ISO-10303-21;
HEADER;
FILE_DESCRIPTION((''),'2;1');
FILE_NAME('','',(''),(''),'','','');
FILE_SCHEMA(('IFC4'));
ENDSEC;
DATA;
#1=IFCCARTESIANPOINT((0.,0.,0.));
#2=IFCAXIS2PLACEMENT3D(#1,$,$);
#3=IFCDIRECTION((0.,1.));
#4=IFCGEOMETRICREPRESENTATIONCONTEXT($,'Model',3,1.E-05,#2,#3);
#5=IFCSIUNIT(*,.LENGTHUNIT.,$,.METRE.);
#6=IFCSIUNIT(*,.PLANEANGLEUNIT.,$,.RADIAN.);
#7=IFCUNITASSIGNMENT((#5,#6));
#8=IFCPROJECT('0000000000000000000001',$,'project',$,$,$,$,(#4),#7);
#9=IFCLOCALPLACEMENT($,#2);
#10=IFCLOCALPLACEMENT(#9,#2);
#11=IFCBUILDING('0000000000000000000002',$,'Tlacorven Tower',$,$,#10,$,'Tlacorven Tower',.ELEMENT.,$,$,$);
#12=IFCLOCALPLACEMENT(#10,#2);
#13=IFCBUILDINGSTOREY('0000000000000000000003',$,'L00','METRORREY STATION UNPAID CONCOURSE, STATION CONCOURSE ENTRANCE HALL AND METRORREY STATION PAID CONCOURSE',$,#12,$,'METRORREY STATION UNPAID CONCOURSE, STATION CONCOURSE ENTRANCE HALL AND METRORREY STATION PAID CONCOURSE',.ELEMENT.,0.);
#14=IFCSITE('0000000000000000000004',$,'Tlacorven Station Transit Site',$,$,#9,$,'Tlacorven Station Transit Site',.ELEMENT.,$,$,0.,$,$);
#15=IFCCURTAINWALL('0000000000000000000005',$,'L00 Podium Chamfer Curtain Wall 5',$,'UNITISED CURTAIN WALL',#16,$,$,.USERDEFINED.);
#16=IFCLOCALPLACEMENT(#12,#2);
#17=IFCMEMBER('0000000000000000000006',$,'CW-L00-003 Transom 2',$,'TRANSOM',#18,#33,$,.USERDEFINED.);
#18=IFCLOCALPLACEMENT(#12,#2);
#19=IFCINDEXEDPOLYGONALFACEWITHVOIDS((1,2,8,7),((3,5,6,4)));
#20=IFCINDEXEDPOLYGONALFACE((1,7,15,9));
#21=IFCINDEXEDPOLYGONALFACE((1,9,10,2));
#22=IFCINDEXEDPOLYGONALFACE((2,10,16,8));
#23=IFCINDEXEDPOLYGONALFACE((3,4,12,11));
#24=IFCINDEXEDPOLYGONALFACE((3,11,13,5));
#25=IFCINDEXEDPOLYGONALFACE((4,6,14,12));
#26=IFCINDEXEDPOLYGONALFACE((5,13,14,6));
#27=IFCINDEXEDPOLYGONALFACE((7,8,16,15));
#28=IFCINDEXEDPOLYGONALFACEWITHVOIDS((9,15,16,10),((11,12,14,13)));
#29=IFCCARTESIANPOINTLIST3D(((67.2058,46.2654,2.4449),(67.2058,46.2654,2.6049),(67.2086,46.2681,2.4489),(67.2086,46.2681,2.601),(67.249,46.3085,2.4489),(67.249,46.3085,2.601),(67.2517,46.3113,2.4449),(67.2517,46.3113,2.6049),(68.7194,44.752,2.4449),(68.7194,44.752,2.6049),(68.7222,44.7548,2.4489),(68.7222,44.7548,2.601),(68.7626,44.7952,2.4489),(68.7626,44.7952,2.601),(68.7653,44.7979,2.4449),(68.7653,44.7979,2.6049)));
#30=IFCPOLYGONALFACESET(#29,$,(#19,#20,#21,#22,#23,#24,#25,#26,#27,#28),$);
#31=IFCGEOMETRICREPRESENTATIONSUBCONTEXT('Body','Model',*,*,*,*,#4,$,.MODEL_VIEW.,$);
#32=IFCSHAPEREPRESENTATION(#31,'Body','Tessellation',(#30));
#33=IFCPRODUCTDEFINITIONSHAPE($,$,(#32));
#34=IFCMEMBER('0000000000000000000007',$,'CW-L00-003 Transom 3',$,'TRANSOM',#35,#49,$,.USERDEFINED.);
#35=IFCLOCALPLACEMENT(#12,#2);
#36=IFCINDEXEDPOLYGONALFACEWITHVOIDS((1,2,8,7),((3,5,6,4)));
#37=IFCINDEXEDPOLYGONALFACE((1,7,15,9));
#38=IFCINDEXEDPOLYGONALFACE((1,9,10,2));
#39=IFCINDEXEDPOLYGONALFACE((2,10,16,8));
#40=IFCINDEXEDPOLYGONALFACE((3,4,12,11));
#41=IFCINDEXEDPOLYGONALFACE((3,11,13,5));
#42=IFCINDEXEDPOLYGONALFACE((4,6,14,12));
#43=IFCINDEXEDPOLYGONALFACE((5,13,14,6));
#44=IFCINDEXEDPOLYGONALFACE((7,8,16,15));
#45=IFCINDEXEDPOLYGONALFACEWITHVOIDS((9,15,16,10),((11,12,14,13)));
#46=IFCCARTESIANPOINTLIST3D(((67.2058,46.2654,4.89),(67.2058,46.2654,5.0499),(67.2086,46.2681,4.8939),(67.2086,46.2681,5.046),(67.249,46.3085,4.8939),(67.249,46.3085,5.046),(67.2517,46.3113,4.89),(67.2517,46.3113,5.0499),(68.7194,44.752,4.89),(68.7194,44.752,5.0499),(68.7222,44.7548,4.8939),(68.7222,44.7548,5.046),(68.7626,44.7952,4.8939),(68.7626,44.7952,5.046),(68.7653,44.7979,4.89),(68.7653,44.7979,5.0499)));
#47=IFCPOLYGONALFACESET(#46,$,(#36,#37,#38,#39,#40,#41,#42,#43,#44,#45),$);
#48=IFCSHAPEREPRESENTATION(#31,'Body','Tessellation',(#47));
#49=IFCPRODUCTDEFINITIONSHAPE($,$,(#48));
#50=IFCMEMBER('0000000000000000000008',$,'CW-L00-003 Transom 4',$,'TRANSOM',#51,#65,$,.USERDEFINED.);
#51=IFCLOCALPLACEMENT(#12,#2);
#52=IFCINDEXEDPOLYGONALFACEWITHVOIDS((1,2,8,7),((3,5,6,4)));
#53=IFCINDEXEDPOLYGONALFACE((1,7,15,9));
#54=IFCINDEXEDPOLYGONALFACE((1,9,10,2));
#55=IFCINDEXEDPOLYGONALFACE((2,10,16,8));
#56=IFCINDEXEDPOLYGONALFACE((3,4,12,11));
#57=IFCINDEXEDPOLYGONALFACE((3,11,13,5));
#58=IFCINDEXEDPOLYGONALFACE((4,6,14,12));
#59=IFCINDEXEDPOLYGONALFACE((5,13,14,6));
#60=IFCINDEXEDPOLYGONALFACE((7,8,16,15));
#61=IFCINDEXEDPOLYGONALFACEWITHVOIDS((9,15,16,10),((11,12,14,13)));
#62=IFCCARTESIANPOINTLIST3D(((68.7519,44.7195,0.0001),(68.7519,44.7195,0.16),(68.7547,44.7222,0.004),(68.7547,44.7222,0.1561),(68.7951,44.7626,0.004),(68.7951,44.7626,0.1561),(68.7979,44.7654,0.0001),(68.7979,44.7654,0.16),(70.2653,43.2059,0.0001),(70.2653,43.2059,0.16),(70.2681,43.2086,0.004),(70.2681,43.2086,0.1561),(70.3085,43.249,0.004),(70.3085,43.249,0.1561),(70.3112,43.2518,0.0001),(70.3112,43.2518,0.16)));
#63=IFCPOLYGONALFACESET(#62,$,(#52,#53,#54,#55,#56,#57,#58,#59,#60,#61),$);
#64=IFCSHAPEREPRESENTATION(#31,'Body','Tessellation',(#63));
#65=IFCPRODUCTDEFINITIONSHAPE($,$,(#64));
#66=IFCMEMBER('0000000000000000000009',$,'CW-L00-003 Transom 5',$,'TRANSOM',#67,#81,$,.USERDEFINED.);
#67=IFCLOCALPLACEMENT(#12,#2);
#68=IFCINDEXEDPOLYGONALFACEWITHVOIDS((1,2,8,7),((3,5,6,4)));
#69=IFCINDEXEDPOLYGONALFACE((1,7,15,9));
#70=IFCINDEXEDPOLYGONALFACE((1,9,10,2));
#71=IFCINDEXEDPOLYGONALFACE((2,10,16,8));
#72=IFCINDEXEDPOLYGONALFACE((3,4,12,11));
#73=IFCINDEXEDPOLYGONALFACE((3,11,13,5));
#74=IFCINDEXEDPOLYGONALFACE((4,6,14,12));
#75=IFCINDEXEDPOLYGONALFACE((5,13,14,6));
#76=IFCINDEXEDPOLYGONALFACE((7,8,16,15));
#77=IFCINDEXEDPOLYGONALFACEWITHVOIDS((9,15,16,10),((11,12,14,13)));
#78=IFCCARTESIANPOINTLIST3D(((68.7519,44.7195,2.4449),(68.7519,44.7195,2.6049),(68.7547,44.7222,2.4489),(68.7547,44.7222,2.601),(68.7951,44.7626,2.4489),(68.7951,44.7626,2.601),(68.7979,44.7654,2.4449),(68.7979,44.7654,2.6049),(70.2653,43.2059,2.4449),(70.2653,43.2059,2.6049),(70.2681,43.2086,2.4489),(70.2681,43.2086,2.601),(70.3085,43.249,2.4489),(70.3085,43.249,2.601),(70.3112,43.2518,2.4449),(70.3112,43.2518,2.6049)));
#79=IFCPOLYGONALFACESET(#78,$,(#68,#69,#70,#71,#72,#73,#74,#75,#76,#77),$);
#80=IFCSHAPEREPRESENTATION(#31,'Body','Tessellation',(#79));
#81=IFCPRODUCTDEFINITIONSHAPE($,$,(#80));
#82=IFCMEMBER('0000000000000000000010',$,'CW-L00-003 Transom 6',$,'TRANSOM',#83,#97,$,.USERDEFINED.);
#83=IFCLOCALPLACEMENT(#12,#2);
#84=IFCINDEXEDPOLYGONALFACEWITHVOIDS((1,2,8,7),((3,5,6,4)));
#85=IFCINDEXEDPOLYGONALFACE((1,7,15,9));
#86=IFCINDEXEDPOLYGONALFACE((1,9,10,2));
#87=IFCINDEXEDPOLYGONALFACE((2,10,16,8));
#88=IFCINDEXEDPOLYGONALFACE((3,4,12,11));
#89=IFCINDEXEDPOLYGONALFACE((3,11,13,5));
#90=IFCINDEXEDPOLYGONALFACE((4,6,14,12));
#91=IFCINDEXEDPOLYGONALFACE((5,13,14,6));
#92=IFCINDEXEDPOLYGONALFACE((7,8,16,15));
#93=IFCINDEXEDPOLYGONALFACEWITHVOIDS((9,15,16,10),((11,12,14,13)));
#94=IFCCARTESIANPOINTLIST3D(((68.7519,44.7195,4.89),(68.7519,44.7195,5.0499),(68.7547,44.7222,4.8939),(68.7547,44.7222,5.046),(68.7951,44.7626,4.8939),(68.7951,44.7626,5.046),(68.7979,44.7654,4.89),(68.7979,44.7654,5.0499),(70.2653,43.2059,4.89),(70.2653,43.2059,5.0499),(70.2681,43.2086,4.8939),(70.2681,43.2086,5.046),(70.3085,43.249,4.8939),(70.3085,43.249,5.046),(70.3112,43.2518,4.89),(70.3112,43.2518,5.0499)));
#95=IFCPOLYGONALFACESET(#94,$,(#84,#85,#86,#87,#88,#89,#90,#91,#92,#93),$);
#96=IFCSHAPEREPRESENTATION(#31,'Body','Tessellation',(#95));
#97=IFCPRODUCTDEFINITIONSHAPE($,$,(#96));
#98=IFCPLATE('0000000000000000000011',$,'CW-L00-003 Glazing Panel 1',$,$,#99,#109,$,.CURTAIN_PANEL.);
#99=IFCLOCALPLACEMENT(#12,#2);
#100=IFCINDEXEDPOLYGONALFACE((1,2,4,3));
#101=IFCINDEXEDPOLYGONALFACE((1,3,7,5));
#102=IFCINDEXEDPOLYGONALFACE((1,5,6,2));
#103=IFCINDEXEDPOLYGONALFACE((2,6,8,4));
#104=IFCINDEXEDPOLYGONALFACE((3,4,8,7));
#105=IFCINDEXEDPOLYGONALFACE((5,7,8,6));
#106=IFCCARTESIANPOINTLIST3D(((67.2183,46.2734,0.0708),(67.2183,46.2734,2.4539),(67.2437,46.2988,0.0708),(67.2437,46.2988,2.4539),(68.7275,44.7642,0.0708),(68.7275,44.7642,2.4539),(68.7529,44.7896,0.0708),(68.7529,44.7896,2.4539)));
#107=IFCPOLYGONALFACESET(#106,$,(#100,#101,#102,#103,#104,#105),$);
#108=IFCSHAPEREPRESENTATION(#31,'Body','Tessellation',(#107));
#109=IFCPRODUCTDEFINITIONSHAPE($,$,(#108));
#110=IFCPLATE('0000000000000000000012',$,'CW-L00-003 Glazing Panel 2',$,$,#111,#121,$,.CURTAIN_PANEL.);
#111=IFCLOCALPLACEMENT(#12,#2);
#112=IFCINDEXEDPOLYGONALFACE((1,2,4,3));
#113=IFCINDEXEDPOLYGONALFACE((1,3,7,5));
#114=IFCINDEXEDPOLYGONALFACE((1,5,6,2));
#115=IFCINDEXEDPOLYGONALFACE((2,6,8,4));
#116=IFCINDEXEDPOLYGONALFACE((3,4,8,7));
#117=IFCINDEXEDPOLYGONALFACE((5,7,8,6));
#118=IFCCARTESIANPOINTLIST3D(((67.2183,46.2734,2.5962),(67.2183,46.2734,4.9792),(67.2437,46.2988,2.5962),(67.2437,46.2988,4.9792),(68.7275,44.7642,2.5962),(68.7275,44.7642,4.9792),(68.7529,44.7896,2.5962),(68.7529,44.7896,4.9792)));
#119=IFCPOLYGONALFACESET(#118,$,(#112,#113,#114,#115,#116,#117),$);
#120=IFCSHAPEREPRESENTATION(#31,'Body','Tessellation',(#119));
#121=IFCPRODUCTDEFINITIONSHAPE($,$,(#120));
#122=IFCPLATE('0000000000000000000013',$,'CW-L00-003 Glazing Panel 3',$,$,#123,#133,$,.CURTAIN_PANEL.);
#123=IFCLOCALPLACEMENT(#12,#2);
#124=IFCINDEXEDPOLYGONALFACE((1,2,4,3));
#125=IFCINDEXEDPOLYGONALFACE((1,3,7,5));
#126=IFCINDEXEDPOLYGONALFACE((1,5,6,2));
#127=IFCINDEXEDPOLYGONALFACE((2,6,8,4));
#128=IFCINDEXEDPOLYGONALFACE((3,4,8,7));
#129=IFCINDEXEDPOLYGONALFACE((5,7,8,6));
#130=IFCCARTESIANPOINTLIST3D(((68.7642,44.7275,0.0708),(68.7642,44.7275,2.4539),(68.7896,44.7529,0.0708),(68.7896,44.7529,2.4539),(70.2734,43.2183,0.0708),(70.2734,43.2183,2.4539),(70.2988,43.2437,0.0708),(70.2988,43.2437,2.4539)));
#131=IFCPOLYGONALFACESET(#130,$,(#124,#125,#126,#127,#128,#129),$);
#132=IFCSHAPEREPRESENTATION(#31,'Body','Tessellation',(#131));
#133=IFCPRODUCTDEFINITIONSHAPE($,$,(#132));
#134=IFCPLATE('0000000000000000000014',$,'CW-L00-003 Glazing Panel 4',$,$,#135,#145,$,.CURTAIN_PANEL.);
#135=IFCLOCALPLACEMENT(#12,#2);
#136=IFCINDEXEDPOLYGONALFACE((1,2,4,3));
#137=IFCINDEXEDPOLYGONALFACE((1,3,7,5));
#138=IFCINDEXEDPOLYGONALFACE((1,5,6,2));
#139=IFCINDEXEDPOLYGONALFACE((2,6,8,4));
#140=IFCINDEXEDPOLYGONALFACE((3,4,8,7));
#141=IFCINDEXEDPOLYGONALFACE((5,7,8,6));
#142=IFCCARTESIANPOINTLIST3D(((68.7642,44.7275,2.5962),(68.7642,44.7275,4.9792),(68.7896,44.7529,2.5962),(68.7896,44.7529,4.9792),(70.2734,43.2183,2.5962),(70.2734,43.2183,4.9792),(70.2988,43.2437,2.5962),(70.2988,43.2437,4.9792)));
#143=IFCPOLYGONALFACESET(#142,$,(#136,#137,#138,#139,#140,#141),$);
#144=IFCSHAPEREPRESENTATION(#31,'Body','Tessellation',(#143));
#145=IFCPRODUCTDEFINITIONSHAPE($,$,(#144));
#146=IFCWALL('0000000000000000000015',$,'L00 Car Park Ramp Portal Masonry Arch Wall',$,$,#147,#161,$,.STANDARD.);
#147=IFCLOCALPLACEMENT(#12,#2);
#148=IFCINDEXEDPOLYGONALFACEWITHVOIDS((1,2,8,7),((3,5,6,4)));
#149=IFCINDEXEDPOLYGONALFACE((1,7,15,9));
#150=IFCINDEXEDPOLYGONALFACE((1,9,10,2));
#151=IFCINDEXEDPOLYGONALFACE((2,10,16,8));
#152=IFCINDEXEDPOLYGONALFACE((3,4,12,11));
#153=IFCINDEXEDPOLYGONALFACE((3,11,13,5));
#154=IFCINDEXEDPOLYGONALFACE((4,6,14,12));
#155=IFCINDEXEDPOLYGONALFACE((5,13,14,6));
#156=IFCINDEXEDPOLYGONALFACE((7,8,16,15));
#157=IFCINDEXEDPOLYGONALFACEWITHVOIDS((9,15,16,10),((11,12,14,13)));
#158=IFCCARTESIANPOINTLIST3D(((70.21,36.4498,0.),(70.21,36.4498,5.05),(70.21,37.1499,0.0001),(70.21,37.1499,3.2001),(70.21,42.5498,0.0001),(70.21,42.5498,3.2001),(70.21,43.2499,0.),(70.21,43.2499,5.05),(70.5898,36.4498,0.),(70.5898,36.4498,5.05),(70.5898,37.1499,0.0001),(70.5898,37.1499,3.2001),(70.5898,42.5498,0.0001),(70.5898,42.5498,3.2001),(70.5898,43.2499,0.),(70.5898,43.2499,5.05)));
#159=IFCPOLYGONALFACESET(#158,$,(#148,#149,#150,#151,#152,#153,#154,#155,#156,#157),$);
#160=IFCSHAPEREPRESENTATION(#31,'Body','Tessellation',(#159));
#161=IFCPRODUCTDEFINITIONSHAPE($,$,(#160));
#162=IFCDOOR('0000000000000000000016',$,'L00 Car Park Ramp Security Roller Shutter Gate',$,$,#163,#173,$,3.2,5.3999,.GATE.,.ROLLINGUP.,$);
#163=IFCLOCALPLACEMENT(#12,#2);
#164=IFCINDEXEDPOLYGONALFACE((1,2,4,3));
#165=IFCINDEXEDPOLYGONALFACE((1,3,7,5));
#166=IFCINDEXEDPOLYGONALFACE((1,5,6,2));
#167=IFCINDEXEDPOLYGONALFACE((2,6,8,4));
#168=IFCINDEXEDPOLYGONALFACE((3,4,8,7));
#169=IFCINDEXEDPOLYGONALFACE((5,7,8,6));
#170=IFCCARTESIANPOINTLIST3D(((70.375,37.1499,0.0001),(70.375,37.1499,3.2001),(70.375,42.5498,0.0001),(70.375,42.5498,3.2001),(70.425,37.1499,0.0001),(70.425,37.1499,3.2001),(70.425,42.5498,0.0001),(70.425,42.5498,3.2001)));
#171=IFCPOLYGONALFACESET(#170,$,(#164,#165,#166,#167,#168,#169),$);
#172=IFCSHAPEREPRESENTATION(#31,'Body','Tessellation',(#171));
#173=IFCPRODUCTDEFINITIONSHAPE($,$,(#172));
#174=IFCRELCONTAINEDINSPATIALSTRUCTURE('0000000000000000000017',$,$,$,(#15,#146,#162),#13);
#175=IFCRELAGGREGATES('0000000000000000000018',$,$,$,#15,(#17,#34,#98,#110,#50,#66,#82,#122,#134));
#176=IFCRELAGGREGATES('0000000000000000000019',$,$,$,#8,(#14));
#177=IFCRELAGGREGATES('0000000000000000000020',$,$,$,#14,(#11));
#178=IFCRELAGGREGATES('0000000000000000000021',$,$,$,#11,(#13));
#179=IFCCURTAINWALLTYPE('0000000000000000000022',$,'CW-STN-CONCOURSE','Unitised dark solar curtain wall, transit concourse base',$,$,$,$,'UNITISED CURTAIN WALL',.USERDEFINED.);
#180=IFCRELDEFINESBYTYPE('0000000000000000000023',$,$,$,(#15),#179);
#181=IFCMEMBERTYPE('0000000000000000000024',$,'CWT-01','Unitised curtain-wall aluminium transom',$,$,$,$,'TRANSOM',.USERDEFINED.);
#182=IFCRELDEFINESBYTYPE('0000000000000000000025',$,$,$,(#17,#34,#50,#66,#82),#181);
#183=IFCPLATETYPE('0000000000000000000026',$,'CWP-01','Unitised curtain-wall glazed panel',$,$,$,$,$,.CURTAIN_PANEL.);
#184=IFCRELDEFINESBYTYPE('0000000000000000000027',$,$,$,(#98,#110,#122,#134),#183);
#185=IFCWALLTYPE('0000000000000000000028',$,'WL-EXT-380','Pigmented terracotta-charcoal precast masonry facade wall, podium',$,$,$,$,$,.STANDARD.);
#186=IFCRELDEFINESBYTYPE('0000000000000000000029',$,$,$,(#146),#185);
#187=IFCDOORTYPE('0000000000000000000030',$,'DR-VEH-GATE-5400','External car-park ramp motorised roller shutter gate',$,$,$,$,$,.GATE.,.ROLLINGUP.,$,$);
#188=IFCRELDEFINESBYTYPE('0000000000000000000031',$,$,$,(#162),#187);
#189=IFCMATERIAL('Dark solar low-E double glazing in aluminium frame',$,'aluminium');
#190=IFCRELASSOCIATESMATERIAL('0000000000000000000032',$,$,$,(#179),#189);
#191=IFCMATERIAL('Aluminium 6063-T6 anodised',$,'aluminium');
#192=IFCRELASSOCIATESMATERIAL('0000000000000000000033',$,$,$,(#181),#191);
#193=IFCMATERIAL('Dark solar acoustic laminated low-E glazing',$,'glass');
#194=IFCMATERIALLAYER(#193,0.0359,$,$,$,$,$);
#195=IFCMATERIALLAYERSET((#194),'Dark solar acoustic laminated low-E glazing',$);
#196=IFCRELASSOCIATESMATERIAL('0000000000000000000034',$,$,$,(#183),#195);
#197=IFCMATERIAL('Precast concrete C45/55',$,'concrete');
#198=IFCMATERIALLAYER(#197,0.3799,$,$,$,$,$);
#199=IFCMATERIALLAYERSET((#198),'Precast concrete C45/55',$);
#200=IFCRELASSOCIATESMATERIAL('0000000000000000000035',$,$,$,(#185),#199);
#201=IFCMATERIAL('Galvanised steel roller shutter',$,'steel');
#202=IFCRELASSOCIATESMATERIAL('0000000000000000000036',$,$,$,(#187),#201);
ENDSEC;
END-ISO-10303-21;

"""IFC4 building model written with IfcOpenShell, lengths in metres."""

from ifc_helpers import new_model, si_unit, direction, frame, frame_2d, origin, origin_2d, place, context, subcontext, project, spatial, rectangle, hollow_rectangle, extrude, source, transform, mapped, material, layer, layer_set, material_profile, profile_set, type_object, element, fill, aggregate, save


model = new_model("IFC4")

# Units and contexts
model_context = context("Model", 3, precision=1e-05, world=origin(), true_north=direction((0.0, 1.0)))
body_context = subcontext(model_context, "Body", "Model", "MODEL_VIEW")
ifc_project = project(units=[si_unit("LENGTHUNIT", "METRE"), si_unit("PLANEANGLEUNIT", "RADIAN")], contexts=[model_context])

# Site, building, storey
site_placement = place(None, origin())
site = spatial("IfcSite", under=ifc_project, at=site_placement, Name="Tlacorven Station Transit Site", LongName="Tlacorven Station Transit Site", CompositionType="ELEMENT", RefElevation=0.0)
building_placement = place(site_placement, origin())
building = spatial("IfcBuilding", under=site, at=building_placement, Name="Tlacorven Tower", LongName="Tlacorven Tower", CompositionType="ELEMENT")
storey_placement = place(building_placement, origin())
storey = spatial("IfcBuildingStorey", under=building, at=storey_placement, Name="L00", Description="METRORREY STATION UNPAID CONCOURSE, STATION CONCOURSE ENTRANCE HALL AND METRORREY STATION PAID CONCOURSE", LongName="METRORREY STATION UNPAID CONCOURSE, STATION CONCOURSE ENTRANCE HALL AND METRORREY STATION PAID CONCOURSE", CompositionType="ELEMENT", Elevation=0.0)

# Curtain wall, members, plates
ifc_material_1 = material(Name="Dark solar low-E double glazing in aluminium frame", Category="aluminium")
curtain_wall_type = type_object("IfcCurtainWallType", Name="CW-STN-CONCOURSE", Description="Unitised dark solar curtain wall, transit concourse base", ElementType="UNITISED CURTAIN WALL", PredefinedType="USERDEFINED", material=ifc_material_1)
curtain_wall_placement = place(storey_placement, origin())
curtain_wall = element("IfcCurtainWall", 1, at=curtain_wall_placement, inside=storey, type_object=curtain_wall_type, Name="L00 Podium Chamfer Curtain Wall 5", ObjectType="UNITISED CURTAIN WALL", PredefinedType="USERDEFINED")
ifc_material_2 = material(Name="Aluminium 6063-T6 anodised", Category="aluminium")
ifc_material_profile_1 = material_profile(ifc_material_2, hollow_rectangle(XDim=0.0649, YDim=0.1599, WallThickness=0.0039, at=origin_2d()), Name="ALU TRANSOM 65X160")
ifc_profile_set_1 = profile_set([ifc_material_profile_1], Name="Aluminium 6063-T6 anodised")
member_type_1 = type_object("IfcMemberType", Name="CWT-01", Description="Unitised curtain-wall aluminium transom", ElementType="TRANSOM", PredefinedType="USERDEFINED", material=ifc_profile_set_1)
shared_shape_1 = source(origin(), body_context, "Body", "SweptSolid", [
    extrude(hollow_rectangle(XDim=0.0649, YDim=0.1599, WallThickness=0.0039, at=origin_2d()), origin(), (0.0, 0.0, 1.0), 2.1404),
])
member_1_placement = place(storey_placement, frame((67.2288, 46.2883, 2.5249), z_axis=(0.707164, -0.70705, 0.0), x_axis=(0.70705, 0.707164, 0.0)))
member_1 = element("IfcMember", 2, at=member_1_placement, type_object=member_type_1, Name="CW-L00-003 Transom 2", ObjectType="TRANSOM", PredefinedType="USERDEFINED", context=body_context, shape_type="MappedRepresentation", body=[
    mapped(shared_shape_1, transform((0.0, 0.0, 0.0), scale=1.0)),
])
member_2_placement = place(storey_placement, frame((67.2288, 46.2883, 4.97), z_axis=(0.707164, -0.70705, 0.0), x_axis=(0.70705, 0.707164, 0.0)))
member_2 = element("IfcMember", 3, at=member_2_placement, type_object=member_type_1, Name="CW-L00-003 Transom 3", ObjectType="TRANSOM", PredefinedType="USERDEFINED", context=body_context, shape_type="MappedRepresentation", body=[
    mapped(shared_shape_1, transform((0.0, 0.0, 0.0), scale=1.0)),
])
member_3_placement = place(storey_placement, frame((68.7749, 44.7424, 0.0801), z_axis=(0.70705, -0.707164, 0.0), x_axis=(0.707164, 0.70705, 0.0)))
member_3 = element("IfcMember", 4, at=member_3_placement, type_object=member_type_1, Name="CW-L00-003 Transom 4", ObjectType="TRANSOM", PredefinedType="USERDEFINED", context=body_context, shape_type="MappedRepresentation", body=[
    mapped(shared_shape_1, transform((0.0, 0.0, 0.0), scale=1.0)),
])
member_4_placement = place(storey_placement, frame((68.7749, 44.7424, 2.5249), z_axis=(0.70705, -0.707164, 0.0), x_axis=(0.707164, 0.70705, 0.0)))
member_4 = element("IfcMember", 5, at=member_4_placement, type_object=member_type_1, Name="CW-L00-003 Transom 5", ObjectType="TRANSOM", PredefinedType="USERDEFINED", context=body_context, shape_type="MappedRepresentation", body=[
    mapped(shared_shape_1, transform((0.0, 0.0, 0.0), scale=1.0)),
])
member_5_placement = place(storey_placement, frame((68.7749, 44.7424, 4.97), z_axis=(0.70705, -0.707164, 0.0), x_axis=(0.707164, 0.70705, 0.0)))
member_5 = element("IfcMember", 6, at=member_5_placement, type_object=member_type_1, Name="CW-L00-003 Transom 6", ObjectType="TRANSOM", PredefinedType="USERDEFINED", context=body_context, shape_type="MappedRepresentation", body=[
    mapped(shared_shape_1, transform((0.0, 0.0, 0.0), scale=1.0)),
])
ifc_material_3 = material(Name="Dark solar acoustic laminated low-E glazing", Category="glass")
ifc_layer_1 = layer(ifc_material_3, 0.0359)
ifc_layer_set_1 = layer_set([ifc_layer_1], Name="Dark solar acoustic laminated low-E glazing")
plate_type = type_object("IfcPlateType", Name="CWP-01", Description="Unitised curtain-wall glazed panel", PredefinedType="CURTAIN_PANEL", material=ifc_layer_set_1)
shared_shape_2 = source(origin(), body_context, "Body", "SweptSolid", [
    extrude(rectangle(XDim=2.1343, YDim=0.0359, at=origin_2d()), origin(), (0.0, 0.0, 1.0), 2.3831),
])
plate_1_placement = place(storey_placement, frame((67.9856, 45.5315, 0.0708), z_axis=(0.0, 0.0, 1.0), x_axis=(0.707107, -0.707107, 0.0)))
plate_1 = element("IfcPlate", 7, at=plate_1_placement, type_object=plate_type, Name="CW-L00-003 Glazing Panel 1", PredefinedType="CURTAIN_PANEL", context=body_context, shape_type="MappedRepresentation", body=[
    mapped(shared_shape_2, transform((0.0, 0.0, 0.0), scale=1.0)),
])
plate_2_placement = place(storey_placement, frame((67.9856, 45.5315, 2.5962), z_axis=(0.0, 0.0, 1.0), x_axis=(0.707107, -0.707107, 0.0)))
plate_2 = element("IfcPlate", 8, at=plate_2_placement, type_object=plate_type, Name="CW-L00-003 Glazing Panel 2", PredefinedType="CURTAIN_PANEL", context=body_context, shape_type="MappedRepresentation", body=[
    mapped(shared_shape_2, transform((0.0, 0.0, 0.0), scale=1.0)),
])
plate_3_placement = place(storey_placement, frame((69.5315, 43.9856, 0.0708), z_axis=(0.0, 0.0, 1.0), x_axis=(0.707107, -0.707107, 0.0)))
plate_3 = element("IfcPlate", 9, at=plate_3_placement, type_object=plate_type, Name="CW-L00-003 Glazing Panel 3", PredefinedType="CURTAIN_PANEL", context=body_context, shape_type="MappedRepresentation", body=[
    mapped(shared_shape_2, transform((0.0, 0.0, 0.0), scale=1.0)),
])
plate_4_placement = place(storey_placement, frame((69.5315, 43.9856, 2.5962), z_axis=(0.0, 0.0, 1.0), x_axis=(0.707107, -0.707107, 0.0)))
plate_4 = element("IfcPlate", 10, at=plate_4_placement, type_object=plate_type, Name="CW-L00-003 Glazing Panel 4", PredefinedType="CURTAIN_PANEL", context=body_context, shape_type="MappedRepresentation", body=[
    mapped(shared_shape_2, transform((0.0, 0.0, 0.0), scale=1.0)),
])
aggregate(curtain_wall, [member_1, member_2, plate_1, plate_2, member_3, member_4, member_5, plate_3, plate_4])

# Wall, opening, door
ifc_material_4 = material(Name="Precast concrete C45/55", Category="concrete")
ifc_layer_2 = layer(ifc_material_4, 0.3799)
ifc_layer_set_2 = layer_set([ifc_layer_2], Name="Precast concrete C45/55")
wall_type_1 = type_object("IfcWallType", Name="WL-EXT-380", Description="Pigmented terracotta-charcoal precast masonry facade wall, podium", PredefinedType="STANDARD", material=ifc_layer_set_2)
wall_1_placement = place(storey_placement, frame((70.3999, 36.45, 0.0), z_axis=(0.0, 0.0, 1.0), x_axis=(0.0, 1.0, 0.0)))
wall_1 = element("IfcWall", 11, at=wall_1_placement, inside=storey, type_object=wall_type_1, Name="L00 Car Park Ramp Portal Masonry Arch Wall", PredefinedType="STANDARD", context=body_context, shape_type="SweptSolid", body=[
    extrude(rectangle(XDim=6.8, YDim=0.3799, at=frame_2d((3.3999, 0.0))), origin(), (0.0, 0.0, 1.0), 5.05),
])
opening_placement = place(wall_1_placement, frame((0.7, 0.0, 0.0)))
opening = element("IfcOpeningElement", 12, at=opening_placement, cuts=wall_1, PredefinedType="OPENING", context=body_context, shape_type="SweptSolid", body=[
    extrude(rectangle(XDim=5.3999, YDim=3.2, at=frame_2d((2.7, 1.6001))), frame((0.0, 0.2, 0.0), z_axis=(0.0, -1.0, 0.0), x_axis=(1.0, 0.0, 0.0)), (0.0, 0.0, 1.0), 0.3999),
])
ifc_material_5 = material(Name="Galvanised steel roller shutter", Category="steel")
door_type = type_object("IfcDoorType", Name="DR-VEH-GATE-5400", Description="External car-park ramp motorised roller shutter gate", OperationType="ROLLINGUP", PredefinedType="GATE", material=ifc_material_5)
shared_shape_3 = source(origin(), body_context, "Body", "SweptSolid", [
    extrude(rectangle(XDim=5.3999, YDim=3.2, at=frame_2d((2.7, 1.6001))), frame((0.0, 0.0249, 0.0), z_axis=(0.0, -1.0, 0.0), x_axis=(1.0, 0.0, 0.0)), (0.0, 0.0, 1.0), 0.05),
])
door_placement = place(opening_placement, origin())
door = element("IfcDoor", 13, at=door_placement, inside=storey, type_object=door_type, Name="L00 Car Park Ramp Security Roller Shutter Gate", OperationType="ROLLINGUP", OverallHeight=3.2, OverallWidth=5.3999, PredefinedType="GATE", context=body_context, shape_type="MappedRepresentation", body=[
    mapped(shared_shape_3, transform((0.0, 0.0, 0.0), scale=1.0)),
])
fill(opening, door)

save(model, "model.ifc")
